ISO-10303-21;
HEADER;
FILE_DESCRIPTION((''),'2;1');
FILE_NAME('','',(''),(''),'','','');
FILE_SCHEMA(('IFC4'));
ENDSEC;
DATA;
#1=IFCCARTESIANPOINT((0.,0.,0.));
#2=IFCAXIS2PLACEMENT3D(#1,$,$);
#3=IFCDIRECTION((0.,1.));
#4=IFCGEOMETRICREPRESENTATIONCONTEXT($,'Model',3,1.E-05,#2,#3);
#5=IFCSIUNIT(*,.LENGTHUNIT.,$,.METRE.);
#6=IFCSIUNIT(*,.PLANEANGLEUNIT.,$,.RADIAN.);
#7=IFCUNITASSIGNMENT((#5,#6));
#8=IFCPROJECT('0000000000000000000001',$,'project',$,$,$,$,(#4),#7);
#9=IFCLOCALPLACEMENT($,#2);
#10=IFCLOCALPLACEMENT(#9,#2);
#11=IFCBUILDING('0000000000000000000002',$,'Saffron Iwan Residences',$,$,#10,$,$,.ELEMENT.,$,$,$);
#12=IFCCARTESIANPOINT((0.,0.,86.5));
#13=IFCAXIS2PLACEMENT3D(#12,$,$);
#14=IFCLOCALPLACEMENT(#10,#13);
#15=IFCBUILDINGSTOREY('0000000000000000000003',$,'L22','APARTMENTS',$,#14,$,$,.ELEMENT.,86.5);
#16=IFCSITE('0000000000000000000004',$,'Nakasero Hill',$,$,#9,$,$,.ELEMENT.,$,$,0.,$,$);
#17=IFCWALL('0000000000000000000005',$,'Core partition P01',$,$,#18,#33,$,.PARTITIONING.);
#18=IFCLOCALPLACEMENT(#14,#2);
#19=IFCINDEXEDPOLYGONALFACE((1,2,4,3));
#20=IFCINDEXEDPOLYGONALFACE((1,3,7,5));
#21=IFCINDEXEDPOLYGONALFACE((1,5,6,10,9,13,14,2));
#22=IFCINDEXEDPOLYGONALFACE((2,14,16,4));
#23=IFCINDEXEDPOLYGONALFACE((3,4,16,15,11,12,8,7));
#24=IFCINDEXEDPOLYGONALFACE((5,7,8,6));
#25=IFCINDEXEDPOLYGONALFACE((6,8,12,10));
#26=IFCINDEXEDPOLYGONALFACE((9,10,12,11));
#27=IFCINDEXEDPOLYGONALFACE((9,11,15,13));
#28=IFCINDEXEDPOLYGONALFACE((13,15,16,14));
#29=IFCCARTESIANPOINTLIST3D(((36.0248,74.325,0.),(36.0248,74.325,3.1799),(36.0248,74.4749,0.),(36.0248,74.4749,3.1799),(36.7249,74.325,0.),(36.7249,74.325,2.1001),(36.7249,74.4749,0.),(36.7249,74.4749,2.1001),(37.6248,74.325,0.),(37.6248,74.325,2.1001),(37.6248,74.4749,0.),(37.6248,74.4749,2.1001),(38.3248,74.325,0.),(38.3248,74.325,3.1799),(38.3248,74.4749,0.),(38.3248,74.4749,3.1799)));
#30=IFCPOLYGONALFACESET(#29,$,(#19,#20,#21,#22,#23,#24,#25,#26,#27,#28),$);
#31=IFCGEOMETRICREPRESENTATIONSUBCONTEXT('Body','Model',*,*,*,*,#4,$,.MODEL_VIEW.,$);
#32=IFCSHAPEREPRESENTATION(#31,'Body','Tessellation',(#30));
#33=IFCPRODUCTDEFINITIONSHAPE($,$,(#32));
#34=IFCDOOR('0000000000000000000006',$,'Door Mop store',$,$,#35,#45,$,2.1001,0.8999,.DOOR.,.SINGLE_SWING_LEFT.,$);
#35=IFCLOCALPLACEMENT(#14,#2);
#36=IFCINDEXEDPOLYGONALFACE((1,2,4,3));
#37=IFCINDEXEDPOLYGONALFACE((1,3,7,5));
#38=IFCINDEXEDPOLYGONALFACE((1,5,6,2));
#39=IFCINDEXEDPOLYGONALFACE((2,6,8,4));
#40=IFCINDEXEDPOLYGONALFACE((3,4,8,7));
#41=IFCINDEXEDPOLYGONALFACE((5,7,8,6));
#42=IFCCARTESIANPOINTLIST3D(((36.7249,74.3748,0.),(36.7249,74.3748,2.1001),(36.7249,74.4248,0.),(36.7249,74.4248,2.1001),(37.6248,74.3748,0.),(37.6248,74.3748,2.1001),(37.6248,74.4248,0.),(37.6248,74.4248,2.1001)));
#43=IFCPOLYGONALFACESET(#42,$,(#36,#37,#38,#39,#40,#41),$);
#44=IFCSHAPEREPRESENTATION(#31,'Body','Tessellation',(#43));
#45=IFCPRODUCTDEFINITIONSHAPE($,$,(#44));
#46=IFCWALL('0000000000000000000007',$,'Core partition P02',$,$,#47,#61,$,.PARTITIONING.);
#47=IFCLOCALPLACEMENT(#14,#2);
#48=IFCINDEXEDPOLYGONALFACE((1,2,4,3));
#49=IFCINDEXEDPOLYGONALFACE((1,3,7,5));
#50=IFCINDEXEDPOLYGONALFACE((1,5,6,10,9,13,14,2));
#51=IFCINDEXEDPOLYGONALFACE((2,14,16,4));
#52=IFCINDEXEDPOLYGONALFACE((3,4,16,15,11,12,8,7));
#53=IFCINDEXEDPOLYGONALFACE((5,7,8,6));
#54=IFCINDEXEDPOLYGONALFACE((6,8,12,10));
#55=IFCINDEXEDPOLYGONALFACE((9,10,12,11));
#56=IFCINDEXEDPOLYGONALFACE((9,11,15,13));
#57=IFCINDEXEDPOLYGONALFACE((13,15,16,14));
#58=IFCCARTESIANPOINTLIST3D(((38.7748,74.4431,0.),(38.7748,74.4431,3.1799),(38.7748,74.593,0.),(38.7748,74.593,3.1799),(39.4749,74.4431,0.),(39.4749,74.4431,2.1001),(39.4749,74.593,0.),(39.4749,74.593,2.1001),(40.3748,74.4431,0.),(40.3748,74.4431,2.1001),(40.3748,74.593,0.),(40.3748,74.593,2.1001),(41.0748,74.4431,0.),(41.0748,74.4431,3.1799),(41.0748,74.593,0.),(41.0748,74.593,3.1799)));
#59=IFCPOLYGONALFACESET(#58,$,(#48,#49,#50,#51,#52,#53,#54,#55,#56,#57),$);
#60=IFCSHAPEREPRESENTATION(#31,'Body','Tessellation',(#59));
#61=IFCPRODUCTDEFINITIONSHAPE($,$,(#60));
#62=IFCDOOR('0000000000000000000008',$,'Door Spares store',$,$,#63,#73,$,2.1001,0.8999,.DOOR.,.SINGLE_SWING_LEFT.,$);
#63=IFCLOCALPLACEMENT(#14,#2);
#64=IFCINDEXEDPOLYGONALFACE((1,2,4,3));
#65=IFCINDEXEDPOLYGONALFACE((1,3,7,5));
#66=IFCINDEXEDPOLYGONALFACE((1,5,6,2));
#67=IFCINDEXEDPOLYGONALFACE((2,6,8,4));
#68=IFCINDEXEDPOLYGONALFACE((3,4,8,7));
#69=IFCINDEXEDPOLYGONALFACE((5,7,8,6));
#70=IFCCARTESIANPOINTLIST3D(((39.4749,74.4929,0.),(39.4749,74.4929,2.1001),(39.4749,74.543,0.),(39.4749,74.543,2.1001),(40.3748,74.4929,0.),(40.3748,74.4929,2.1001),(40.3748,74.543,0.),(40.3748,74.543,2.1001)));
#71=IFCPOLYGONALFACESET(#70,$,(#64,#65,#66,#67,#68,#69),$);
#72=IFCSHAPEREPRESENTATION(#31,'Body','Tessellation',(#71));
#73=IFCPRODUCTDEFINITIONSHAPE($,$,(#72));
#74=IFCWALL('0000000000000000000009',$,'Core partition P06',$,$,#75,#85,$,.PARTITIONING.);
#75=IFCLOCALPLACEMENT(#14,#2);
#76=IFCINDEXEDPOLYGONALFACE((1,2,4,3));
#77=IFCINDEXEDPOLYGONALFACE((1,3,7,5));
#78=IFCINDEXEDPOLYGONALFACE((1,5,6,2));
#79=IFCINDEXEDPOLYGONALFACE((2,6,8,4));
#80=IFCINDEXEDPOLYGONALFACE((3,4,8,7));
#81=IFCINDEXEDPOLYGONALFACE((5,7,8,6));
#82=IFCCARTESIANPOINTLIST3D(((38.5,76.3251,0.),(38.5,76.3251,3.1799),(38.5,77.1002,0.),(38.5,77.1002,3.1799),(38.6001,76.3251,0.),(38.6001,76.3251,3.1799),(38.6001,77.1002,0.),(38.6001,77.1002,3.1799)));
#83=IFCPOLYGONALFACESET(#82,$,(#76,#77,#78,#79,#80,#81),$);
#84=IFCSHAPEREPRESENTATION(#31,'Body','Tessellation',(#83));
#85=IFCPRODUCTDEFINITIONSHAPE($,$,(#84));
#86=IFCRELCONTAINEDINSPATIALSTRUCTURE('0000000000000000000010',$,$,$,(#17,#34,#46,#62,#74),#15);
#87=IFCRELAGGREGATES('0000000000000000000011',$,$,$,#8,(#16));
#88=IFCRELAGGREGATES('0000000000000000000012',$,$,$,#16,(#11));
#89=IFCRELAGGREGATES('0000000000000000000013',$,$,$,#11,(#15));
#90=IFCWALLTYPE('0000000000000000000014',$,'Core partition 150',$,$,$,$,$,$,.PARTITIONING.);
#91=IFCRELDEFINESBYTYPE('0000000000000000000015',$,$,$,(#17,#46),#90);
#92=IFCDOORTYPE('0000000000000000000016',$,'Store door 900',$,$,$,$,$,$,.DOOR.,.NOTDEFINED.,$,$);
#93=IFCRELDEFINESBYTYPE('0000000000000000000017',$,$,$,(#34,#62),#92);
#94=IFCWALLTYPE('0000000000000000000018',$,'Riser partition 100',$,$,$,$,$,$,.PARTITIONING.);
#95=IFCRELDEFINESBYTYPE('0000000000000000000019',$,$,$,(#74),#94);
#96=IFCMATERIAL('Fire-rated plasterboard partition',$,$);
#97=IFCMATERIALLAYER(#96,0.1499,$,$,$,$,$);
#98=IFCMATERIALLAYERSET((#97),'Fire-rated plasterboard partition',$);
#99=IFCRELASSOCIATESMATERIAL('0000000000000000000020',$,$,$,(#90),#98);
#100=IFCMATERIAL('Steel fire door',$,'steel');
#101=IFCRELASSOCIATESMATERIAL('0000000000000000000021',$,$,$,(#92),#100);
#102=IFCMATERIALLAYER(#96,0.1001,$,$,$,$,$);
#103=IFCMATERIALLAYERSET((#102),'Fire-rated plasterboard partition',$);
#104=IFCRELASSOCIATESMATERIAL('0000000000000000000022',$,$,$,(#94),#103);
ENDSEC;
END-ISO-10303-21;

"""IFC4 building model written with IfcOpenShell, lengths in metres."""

from ifc_helpers import new_model, si_unit, direction, frame, frame_2d, origin, place, context, subcontext, project, spatial, rectangle, extrude, material, layer, layer_set, type_object, element, fill, save


model = new_model("IFC4")

# Units and contexts
model_context = context("Model", 3, precision=1e-05, world=origin(), true_north=direction((0.0, 1.0)))
body_context = subcontext(model_context, "Body", "Model", "MODEL_VIEW")
ifc_project = project(units=[si_unit("LENGTHUNIT", "METRE"), si_unit("PLANEANGLEUNIT", "RADIAN")], contexts=[model_context])

# Site, building, storey
site_placement = place(None, origin())
site = spatial("IfcSite", under=ifc_project, at=site_placement, Name="Nakasero Hill", CompositionType="ELEMENT", RefElevation=0.0)
building_placement = place(site_placement, origin())
building = spatial("IfcBuilding", under=site, at=building_placement, Name="Saffron Iwan Residences", CompositionType="ELEMENT")
storey_placement = place(building_placement, frame((0.0, 0.0, 86.5)))
storey = spatial("IfcBuildingStorey", under=building, at=storey_placement, Name="L22", Description="APARTMENTS", CompositionType="ELEMENT", Elevation=86.5)

# Walls, openings, doors
ifc_material_1 = material(Name="Fire-rated plasterboard partition")
ifc_layer_1 = layer(ifc_material_1, 0.1499)
ifc_layer_set_1 = layer_set([ifc_layer_1], Name="Fire-rated plasterboard partition")
wall_type_1 = type_object("IfcWallType", Name="Core partition 150", PredefinedType="PARTITIONING", material=ifc_layer_set_1)
wall_1_placement = place(storey_placement, frame((36.0249, 74.3999, 0.0), z_axis=(0.0, 0.0, 1.0), x_axis=(1.0, 0.0, 0.0)))
wall_1 = element("IfcWall", 1, at=wall_1_placement, inside=storey, type_object=wall_type_1, Name="Core partition P01", PredefinedType="PARTITIONING", context=body_context, shape_type="SweptSolid", body=[
    extrude(rectangle(XDim=2.3, YDim=0.1499, at=frame_2d((1.1499, 0.0))), origin(), (0.0, 0.0, 1.0), 3.1799),
])
opening_1_placement = place(wall_1_placement, frame((0.7, 0.0, 0.0)))
opening_1 = element("IfcOpeningElement", 2, at=opening_1_placement, cuts=wall_1, PredefinedType="OPENING", context=body_context, shape_type="SweptSolid", body=[
    extrude(rectangle(XDim=0.8999, YDim=2.1001, at=frame_2d((0.45, 1.05))), frame((0.0, 0.085, 0.0), z_axis=(0.0, -1.0, 0.0), x_axis=(1.0, 0.0, 0.0)), (0.0, 0.0, 1.0), 0.1699),
])
ifc_material_2 = material(Name="Steel fire door", Category="steel")
door_type_1 = type_object("IfcDoorType", Name="Store door 900", OperationType="NOTDEFINED", PredefinedType="DOOR", material=ifc_material_2)
door_1_placement = place(opening_1_placement, origin())
door_1 = element("IfcDoor", 3, at=door_1_placement, inside=storey, type_object=door_type_1, Name="Door Mop store", OperationType="SINGLE_SWING_LEFT", OverallHeight=2.1001, OverallWidth=0.8999, PredefinedType="DOOR", context=body_context, shape_type="SweptSolid", body=[
    extrude(rectangle(XDim=0.8999, YDim=2.1001, at=frame_2d((0.45, 1.05))), frame((0.0, 0.0249, 0.0), z_axis=(0.0, -1.0, 0.0), x_axis=(1.0, 0.0, 0.0)), (0.0, 0.0, 1.0), 0.05),
])
fill(opening_1, door_1)
wall_2_placement = place(storey_placement, frame((38.7749, 74.5181, 0.0), z_axis=(0.0, 0.0, 1.0), x_axis=(1.0, 0.0, 0.0)))
wall_2 = element("IfcWall", 4, at=wall_2_placement, inside=storey, type_object=wall_type_1, Name="Core partition P02", PredefinedType="PARTITIONING", context=body_context, shape_type="SweptSolid", body=[
    extrude(rectangle(XDim=2.3, YDim=0.1499, at=frame_2d((1.1499, 0.0))), origin(), (0.0, 0.0, 1.0), 3.1799),
])
opening_2_placement = place(wall_2_placement, frame((0.7, 0.0, 0.0)))
opening_2 = element("IfcOpeningElement", 5, at=opening_2_placement, cuts=wall_2, PredefinedType="OPENING", context=body_context, shape_type="SweptSolid", body=[
    extrude(rectangle(XDim=0.8999, YDim=2.1001, at=frame_2d((0.45, 1.05))), frame((0.0, 0.085, 0.0), z_axis=(0.0, -1.0, 0.0), x_axis=(1.0, 0.0, 0.0)), (0.0, 0.0, 1.0), 0.1699),
])
door_2_placement = place(opening_2_placement, origin())
door_2 = element("IfcDoor", 6, at=door_2_placement, inside=storey, type_object=door_type_1, Name="Door Spares store", OperationType="SINGLE_SWING_LEFT", OverallHeight=2.1001, OverallWidth=0.8999, PredefinedType="DOOR", context=body_context, shape_type="SweptSolid", body=[
    extrude(rectangle(XDim=0.8999, YDim=2.1001, at=frame_2d((0.45, 1.05))), frame((0.0, 0.0249, 0.0), z_axis=(0.0, -1.0, 0.0), x_axis=(1.0, 0.0, 0.0)), (0.0, 0.0, 1.0), 0.05),
])
fill(opening_2, door_2)

# Wall
ifc_layer_2 = layer(ifc_material_1, 0.1001)
ifc_layer_set_2 = layer_set([ifc_layer_2], Name="Fire-rated plasterboard partition")
wall_type_2 = type_object("IfcWallType", Name="Riser partition 100", PredefinedType="PARTITIONING", material=ifc_layer_set_2)
wall_3_placement = place(storey_placement, frame((38.55, 76.325, 0.0), z_axis=(0.0, 0.0, 1.0), x_axis=(0.0, 1.0, 0.0)))
element("IfcWall", 7, at=wall_3_placement, inside=storey, type_object=wall_type_2, Name="Core partition P06", PredefinedType="PARTITIONING", context=body_context, shape_type="SweptSolid", body=[
    extrude(rectangle(XDim=0.7751, YDim=0.1001, at=frame_2d((0.3877, 0.0))), origin(), (0.0, 0.0, 1.0), 3.1799),
])

save(model, "model.ifc")
